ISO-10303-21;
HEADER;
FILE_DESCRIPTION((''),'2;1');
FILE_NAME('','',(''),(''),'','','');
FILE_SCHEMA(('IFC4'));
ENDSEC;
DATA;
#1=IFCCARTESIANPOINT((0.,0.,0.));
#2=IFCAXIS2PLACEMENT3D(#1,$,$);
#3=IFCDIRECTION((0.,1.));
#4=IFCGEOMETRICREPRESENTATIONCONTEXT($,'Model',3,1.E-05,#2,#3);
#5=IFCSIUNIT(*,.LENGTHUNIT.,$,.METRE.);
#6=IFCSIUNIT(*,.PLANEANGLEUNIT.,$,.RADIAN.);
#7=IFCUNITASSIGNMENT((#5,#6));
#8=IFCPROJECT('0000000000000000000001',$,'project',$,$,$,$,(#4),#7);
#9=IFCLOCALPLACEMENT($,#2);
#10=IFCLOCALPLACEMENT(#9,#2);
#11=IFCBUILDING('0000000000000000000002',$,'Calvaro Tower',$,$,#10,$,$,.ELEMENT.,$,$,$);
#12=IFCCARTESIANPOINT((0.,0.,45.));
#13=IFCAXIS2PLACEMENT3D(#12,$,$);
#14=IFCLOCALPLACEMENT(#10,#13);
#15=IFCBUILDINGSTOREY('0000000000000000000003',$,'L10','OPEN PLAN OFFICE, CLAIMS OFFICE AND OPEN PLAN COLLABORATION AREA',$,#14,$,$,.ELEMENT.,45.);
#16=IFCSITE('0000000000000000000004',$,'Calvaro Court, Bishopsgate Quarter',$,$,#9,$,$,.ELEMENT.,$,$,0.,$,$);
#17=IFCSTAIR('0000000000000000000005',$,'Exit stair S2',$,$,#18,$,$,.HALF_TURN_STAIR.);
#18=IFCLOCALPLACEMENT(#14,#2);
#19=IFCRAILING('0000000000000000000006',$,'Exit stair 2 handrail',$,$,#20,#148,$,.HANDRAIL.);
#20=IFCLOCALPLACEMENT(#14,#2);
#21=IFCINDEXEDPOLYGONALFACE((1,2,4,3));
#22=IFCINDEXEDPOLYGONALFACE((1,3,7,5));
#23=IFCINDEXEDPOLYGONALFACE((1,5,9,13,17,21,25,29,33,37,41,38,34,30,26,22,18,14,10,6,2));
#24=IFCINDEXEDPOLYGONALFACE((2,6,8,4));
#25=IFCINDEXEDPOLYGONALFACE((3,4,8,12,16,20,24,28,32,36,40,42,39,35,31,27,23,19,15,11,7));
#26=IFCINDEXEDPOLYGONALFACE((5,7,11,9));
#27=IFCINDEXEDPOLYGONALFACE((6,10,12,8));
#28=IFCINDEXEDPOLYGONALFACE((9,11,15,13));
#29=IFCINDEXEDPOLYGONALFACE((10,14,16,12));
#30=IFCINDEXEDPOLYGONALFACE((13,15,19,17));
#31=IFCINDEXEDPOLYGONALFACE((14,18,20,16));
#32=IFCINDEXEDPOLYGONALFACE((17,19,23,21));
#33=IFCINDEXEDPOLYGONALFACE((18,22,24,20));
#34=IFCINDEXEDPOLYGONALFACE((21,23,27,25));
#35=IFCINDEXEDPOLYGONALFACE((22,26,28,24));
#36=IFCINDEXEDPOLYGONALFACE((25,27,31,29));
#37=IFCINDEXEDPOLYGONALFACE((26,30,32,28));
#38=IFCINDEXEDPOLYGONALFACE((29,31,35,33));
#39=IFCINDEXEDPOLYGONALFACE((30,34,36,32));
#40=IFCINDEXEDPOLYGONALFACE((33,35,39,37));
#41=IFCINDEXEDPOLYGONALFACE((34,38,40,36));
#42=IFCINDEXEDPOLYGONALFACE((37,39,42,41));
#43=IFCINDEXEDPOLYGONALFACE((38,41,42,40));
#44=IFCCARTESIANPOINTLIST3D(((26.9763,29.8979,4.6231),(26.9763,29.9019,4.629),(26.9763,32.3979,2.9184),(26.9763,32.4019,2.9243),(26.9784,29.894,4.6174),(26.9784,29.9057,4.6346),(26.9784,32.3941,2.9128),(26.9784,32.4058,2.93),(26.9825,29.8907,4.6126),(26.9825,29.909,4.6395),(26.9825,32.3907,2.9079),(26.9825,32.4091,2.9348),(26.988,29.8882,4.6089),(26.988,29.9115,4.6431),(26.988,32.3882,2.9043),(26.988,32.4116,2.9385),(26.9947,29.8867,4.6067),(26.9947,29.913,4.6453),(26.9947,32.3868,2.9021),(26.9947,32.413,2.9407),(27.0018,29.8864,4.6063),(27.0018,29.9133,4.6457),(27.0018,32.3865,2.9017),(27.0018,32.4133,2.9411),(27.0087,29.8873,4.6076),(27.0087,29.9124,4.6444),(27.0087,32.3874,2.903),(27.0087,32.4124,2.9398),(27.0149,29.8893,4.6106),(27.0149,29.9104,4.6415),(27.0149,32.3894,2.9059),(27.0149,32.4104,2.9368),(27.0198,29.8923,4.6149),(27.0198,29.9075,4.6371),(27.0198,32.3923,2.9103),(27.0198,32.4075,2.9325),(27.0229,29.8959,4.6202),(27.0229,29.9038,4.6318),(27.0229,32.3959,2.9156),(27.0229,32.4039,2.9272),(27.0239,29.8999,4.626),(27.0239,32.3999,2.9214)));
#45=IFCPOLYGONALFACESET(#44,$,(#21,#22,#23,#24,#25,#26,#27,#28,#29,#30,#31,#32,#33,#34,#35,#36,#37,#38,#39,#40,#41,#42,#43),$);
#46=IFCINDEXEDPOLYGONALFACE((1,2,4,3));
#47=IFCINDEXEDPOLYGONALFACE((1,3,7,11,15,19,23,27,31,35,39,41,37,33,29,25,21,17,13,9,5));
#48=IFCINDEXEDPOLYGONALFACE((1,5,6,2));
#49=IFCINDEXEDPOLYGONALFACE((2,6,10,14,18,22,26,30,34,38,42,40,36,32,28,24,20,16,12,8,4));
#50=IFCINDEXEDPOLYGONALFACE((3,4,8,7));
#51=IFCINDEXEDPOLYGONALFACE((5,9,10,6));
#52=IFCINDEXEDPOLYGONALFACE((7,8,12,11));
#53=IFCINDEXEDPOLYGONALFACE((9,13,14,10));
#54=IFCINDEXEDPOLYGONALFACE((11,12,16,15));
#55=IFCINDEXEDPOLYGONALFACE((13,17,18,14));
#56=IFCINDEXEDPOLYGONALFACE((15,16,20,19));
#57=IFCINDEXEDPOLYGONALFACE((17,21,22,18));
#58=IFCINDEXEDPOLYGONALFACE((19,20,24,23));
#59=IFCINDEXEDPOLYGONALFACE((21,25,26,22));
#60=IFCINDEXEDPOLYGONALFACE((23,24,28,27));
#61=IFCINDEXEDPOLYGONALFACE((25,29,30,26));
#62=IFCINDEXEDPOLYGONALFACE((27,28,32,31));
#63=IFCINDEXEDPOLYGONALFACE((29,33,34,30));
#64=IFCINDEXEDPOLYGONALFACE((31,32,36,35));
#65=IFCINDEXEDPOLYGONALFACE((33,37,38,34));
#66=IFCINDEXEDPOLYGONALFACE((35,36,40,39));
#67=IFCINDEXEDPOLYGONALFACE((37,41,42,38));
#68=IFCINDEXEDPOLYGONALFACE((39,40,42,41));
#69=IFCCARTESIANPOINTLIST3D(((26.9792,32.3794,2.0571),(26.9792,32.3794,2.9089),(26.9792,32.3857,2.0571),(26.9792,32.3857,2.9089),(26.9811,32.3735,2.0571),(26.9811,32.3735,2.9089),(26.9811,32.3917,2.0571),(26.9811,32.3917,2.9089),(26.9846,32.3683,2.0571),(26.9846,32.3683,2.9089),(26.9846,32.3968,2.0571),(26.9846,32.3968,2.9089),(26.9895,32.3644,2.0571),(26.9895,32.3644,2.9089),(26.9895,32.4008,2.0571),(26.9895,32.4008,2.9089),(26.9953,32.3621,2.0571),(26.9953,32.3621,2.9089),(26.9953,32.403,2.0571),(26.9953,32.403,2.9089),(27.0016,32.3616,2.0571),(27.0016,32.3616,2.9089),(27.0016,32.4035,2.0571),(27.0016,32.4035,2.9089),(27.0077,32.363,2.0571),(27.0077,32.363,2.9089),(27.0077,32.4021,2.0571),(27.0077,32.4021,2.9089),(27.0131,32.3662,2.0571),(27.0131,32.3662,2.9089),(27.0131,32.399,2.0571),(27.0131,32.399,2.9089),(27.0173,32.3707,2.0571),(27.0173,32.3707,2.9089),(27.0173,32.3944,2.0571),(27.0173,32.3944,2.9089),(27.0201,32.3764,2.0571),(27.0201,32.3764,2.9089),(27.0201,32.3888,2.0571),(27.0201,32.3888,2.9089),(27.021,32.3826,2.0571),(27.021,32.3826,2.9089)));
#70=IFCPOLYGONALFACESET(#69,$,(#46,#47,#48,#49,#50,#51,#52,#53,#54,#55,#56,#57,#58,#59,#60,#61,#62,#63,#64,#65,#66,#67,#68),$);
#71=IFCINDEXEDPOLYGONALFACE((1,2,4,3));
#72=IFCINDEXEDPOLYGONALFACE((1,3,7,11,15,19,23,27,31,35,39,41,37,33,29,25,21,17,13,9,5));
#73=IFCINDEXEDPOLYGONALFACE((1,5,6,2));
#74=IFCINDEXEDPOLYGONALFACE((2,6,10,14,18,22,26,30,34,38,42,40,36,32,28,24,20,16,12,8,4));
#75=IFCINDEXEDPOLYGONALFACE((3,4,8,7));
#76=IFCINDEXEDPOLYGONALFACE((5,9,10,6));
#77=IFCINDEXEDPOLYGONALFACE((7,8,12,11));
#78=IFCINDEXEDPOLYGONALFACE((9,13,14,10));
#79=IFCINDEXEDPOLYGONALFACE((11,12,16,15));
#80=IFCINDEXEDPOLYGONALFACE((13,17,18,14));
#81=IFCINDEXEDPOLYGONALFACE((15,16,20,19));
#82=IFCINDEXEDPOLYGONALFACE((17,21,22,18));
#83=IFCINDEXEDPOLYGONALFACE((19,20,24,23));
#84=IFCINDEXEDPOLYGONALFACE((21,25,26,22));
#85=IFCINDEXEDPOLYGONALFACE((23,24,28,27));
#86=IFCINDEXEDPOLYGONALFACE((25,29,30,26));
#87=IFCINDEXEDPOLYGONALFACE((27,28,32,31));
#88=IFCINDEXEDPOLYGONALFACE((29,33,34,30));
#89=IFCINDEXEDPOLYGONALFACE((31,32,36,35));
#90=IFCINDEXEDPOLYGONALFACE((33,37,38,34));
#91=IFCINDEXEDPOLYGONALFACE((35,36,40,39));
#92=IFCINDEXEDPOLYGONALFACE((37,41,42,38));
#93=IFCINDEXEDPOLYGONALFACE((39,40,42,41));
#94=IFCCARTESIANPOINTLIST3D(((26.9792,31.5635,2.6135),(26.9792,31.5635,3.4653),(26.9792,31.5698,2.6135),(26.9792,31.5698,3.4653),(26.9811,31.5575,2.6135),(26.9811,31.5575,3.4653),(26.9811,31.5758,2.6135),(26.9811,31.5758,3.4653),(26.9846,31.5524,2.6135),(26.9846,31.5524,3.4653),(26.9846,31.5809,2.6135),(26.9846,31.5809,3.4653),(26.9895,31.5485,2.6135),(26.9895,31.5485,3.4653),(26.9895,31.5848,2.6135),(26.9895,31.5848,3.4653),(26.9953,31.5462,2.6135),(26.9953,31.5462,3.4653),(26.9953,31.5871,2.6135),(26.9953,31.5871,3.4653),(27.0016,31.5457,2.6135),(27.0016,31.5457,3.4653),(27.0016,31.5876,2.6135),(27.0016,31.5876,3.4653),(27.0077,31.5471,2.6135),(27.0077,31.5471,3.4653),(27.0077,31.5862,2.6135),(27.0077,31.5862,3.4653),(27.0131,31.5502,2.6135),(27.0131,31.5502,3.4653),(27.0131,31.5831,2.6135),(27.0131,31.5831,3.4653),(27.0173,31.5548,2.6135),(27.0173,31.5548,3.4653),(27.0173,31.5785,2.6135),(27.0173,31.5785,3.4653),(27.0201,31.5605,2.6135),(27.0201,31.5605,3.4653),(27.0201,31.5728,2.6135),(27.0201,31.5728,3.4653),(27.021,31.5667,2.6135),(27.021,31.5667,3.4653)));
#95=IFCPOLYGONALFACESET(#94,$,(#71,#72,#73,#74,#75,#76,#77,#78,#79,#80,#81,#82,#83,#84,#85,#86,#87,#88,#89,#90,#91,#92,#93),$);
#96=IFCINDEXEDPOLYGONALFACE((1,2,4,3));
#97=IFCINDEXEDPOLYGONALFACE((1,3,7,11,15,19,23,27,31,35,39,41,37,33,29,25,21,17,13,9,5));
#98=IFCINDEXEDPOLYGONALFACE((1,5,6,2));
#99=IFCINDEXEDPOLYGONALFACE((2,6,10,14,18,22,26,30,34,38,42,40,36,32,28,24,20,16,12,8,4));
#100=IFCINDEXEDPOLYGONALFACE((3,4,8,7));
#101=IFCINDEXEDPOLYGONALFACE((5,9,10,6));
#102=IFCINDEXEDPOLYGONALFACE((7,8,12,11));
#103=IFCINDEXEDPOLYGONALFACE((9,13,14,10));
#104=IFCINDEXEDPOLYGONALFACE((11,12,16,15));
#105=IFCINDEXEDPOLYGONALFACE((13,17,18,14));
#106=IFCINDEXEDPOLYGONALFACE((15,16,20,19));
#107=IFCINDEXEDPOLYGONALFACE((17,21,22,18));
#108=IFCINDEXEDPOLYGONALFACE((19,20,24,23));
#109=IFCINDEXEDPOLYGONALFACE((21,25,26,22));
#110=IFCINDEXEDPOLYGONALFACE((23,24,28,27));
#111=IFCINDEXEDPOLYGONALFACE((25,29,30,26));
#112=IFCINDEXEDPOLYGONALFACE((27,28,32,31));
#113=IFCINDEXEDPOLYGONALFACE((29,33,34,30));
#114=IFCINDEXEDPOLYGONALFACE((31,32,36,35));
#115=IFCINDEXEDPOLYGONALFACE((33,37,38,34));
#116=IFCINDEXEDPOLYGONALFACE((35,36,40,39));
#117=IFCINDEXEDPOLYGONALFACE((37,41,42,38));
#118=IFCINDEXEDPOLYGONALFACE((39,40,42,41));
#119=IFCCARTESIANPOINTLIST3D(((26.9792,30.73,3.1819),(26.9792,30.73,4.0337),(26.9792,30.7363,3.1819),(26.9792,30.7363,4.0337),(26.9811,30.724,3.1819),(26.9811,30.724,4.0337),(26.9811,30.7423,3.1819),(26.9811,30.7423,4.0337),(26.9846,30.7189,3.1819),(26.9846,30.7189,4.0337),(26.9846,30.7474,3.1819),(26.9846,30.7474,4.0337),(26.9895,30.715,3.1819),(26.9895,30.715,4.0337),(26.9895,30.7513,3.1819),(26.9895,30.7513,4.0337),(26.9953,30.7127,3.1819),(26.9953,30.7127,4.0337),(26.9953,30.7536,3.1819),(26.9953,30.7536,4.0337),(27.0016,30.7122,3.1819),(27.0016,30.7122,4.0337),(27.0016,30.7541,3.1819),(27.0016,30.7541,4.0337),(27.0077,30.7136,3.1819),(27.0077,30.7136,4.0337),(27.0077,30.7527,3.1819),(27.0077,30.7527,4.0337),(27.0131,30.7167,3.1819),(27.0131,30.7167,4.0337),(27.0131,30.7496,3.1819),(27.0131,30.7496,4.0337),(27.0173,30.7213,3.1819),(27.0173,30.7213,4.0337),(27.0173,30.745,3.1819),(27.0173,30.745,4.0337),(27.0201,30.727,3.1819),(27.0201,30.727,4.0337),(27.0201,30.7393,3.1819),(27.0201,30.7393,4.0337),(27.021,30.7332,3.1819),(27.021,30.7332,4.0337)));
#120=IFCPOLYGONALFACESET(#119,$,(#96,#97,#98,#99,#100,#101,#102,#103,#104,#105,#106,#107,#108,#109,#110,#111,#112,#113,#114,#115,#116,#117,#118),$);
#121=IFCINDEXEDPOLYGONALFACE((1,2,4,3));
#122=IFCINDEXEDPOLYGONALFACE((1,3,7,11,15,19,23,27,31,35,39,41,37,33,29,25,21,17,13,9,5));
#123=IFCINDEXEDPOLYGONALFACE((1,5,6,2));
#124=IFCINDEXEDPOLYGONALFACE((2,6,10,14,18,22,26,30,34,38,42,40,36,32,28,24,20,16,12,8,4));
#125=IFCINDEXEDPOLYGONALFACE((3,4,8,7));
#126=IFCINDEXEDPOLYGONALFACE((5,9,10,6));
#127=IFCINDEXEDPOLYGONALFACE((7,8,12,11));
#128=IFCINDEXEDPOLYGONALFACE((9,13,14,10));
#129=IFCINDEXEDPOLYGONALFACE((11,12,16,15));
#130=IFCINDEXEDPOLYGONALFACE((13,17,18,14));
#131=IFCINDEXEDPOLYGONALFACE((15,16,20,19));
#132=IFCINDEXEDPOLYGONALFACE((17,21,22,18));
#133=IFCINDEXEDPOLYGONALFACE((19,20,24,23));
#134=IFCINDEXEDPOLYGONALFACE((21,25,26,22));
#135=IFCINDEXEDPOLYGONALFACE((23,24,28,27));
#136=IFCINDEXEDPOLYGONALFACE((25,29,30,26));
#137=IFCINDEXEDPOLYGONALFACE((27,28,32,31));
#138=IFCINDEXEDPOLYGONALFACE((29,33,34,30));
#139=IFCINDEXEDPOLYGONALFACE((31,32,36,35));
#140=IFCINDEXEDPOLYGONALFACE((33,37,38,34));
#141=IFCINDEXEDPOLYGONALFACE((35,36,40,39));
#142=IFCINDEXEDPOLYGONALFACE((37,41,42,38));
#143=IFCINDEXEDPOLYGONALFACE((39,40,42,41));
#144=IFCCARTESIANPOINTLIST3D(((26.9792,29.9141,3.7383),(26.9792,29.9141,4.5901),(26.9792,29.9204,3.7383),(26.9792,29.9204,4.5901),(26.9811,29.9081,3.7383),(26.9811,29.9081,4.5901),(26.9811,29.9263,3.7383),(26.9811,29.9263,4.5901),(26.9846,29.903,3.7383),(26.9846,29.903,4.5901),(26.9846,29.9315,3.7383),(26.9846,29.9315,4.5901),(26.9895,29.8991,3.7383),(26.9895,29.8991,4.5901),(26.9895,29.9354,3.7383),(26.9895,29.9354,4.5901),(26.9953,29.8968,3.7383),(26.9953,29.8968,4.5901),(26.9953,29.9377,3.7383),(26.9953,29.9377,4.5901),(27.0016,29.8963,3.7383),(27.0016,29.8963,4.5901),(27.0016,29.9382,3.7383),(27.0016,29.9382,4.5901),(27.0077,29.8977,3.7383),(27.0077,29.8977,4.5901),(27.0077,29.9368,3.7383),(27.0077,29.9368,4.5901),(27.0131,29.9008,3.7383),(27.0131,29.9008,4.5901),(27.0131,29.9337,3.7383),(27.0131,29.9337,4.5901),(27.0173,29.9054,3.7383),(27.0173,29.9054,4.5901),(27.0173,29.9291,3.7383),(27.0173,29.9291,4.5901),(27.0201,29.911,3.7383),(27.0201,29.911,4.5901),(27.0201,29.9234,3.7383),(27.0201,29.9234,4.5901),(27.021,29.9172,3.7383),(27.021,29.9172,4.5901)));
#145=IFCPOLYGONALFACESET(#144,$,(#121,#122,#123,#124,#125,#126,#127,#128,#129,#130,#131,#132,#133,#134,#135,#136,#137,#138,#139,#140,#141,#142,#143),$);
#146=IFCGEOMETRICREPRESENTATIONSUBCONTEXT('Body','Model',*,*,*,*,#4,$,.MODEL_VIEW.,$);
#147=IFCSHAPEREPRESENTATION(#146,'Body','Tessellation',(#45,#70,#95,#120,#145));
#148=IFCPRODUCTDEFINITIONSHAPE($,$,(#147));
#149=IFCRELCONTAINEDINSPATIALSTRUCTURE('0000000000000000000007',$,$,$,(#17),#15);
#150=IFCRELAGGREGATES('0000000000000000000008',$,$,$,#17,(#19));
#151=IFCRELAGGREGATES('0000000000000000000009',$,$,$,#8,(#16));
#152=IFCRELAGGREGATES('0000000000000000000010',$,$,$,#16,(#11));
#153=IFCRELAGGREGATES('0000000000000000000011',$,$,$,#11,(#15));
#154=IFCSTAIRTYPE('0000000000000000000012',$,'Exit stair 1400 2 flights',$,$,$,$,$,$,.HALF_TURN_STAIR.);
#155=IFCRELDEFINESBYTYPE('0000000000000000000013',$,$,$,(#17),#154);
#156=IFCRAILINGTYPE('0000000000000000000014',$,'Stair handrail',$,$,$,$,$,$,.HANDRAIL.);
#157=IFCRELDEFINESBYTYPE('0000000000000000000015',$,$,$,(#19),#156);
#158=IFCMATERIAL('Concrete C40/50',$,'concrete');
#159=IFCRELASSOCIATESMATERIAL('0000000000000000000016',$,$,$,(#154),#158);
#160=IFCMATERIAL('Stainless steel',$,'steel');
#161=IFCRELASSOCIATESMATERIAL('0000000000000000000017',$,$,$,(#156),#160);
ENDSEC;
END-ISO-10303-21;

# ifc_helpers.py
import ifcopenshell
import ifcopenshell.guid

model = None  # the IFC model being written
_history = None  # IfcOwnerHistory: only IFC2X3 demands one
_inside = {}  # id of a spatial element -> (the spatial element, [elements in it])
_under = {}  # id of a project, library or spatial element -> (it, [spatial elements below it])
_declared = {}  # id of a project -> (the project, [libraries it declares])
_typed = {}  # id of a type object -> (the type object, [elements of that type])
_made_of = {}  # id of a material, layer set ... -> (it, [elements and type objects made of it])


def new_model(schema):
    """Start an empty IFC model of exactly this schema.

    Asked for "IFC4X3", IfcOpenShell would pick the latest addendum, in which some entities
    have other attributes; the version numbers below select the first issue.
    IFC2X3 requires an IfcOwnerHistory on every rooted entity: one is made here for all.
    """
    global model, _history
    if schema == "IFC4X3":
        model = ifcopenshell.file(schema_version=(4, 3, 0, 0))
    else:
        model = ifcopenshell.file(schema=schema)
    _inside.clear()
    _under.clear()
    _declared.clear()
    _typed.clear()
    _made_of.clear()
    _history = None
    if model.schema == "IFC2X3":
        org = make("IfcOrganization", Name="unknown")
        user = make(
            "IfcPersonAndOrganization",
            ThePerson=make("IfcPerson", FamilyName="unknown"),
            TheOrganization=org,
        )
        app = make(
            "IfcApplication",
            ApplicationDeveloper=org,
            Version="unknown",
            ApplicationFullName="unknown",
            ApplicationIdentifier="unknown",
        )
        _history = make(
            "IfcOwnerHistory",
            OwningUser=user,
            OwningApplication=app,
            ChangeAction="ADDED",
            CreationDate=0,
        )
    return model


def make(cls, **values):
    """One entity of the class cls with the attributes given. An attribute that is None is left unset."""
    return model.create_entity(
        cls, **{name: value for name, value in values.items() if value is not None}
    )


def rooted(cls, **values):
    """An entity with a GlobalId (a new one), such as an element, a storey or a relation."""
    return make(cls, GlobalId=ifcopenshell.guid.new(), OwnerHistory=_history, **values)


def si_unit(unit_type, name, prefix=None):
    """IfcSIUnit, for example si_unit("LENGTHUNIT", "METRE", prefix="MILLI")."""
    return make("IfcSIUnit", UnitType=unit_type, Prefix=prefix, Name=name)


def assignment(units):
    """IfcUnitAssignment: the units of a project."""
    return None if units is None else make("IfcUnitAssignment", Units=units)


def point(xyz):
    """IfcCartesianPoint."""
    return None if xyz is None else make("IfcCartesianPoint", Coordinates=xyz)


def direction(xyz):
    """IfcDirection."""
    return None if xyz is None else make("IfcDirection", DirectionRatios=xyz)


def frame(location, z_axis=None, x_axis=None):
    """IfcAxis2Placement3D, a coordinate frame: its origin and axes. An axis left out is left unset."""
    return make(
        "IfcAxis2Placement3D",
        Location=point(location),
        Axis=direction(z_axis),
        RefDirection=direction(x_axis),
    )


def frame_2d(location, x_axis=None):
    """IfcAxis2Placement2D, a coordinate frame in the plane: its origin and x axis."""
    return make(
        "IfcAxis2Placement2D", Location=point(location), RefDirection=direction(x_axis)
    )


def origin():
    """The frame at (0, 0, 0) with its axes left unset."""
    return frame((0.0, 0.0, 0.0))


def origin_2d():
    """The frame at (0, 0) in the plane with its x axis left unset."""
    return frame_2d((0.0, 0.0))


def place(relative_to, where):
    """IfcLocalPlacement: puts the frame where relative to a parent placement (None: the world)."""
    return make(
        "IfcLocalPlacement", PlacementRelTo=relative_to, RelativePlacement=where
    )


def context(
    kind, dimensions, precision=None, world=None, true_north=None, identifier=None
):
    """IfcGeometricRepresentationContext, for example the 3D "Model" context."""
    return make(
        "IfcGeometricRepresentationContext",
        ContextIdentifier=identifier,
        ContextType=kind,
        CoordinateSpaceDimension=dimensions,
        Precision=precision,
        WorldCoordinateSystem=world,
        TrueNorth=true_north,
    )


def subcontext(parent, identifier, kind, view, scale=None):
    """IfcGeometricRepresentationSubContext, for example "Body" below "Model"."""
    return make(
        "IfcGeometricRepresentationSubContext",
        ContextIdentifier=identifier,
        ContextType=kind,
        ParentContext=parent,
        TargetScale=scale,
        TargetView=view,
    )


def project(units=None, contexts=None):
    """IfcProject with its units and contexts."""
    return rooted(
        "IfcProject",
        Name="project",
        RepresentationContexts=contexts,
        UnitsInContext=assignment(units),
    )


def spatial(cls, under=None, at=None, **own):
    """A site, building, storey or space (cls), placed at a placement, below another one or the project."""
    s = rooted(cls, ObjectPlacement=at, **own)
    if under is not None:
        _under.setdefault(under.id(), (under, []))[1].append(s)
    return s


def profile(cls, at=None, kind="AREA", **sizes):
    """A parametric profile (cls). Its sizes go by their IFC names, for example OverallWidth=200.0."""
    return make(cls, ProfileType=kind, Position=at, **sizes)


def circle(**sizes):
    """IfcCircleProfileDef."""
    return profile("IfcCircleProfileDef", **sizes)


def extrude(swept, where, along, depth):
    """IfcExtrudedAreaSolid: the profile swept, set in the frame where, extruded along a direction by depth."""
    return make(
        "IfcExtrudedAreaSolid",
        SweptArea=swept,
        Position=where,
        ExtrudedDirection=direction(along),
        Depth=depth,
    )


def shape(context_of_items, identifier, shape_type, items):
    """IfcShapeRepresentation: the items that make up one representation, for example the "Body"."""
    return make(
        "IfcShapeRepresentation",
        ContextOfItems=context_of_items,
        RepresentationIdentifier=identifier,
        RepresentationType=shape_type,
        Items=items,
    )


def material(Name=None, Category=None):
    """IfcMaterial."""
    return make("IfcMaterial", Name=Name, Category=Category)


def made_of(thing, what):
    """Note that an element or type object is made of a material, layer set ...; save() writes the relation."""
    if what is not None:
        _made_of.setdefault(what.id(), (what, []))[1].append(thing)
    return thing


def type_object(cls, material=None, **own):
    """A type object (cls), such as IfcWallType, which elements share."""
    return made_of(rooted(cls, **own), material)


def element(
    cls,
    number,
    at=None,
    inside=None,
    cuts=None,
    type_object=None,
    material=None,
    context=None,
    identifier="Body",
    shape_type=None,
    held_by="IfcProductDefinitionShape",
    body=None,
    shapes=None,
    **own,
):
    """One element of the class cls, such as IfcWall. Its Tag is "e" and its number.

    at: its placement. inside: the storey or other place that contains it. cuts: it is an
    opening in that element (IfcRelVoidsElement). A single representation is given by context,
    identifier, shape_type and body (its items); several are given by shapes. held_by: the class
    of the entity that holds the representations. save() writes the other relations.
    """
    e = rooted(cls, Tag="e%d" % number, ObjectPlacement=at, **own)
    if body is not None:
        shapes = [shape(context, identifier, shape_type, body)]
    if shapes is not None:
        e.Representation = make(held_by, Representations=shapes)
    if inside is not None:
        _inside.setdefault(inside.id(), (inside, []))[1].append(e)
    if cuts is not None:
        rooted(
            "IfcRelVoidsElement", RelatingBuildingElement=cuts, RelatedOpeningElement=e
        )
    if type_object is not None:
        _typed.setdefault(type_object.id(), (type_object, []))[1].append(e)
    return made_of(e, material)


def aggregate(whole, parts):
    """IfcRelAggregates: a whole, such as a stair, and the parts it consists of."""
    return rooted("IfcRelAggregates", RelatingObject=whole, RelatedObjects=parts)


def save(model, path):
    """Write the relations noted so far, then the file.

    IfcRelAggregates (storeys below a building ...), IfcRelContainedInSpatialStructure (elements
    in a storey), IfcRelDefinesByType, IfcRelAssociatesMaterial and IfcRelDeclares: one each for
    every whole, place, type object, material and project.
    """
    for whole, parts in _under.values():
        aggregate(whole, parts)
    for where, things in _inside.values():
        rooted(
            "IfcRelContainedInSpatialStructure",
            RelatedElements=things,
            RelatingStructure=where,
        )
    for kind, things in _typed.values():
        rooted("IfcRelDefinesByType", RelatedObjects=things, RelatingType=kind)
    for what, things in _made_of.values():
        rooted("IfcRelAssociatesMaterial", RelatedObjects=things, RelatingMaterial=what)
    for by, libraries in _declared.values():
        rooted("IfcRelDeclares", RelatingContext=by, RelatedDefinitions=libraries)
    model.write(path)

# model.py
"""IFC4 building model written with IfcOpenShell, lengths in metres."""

from ifc_helpers import new_model, si_unit, direction, frame, origin, origin_2d, place, context, subcontext, project, spatial, circle, extrude, material, type_object, element, aggregate, save


model = new_model("IFC4")

# Units and contexts
model_context = context("Model", 3, precision=1e-05, world=origin(), true_north=direction((0.0, 1.0)))
body_context = subcontext(model_context, "Body", "Model", "MODEL_VIEW")
ifc_project = project(units=[si_unit("LENGTHUNIT", "METRE"), si_unit("PLANEANGLEUNIT", "RADIAN")], contexts=[model_context])

# Site, building, storey
site_placement = place(None, origin())
site = spatial("IfcSite", under=ifc_project, at=site_placement, Name="Calvaro Court, Bishopsgate Quarter", CompositionType="ELEMENT", RefElevation=0.0)
building_placement = place(site_placement, origin())
building = spatial("IfcBuilding", under=site, at=building_placement, Name="Calvaro Tower", CompositionType="ELEMENT")
storey_placement = place(building_placement, frame((0.0, 0.0, 45.0)))
storey = spatial("IfcBuildingStorey", under=building, at=storey_placement, Name="L10", Description="OPEN PLAN OFFICE, CLAIMS OFFICE AND OPEN PLAN COLLABORATION AREA", CompositionType="ELEMENT", Elevation=45.0)

# Stair, railing
ifc_material_1 = material(Name="Concrete C40/50", Category="concrete")
stair_type = type_object("IfcStairType", Name="Exit stair 1400 2 flights", PredefinedType="HALF_TURN_STAIR", material=ifc_material_1)
stair_placement = place(storey_placement, origin())
stair = element("IfcStair", 1, at=stair_placement, inside=storey, type_object=stair_type, Name="Exit stair S2", PredefinedType="HALF_TURN_STAIR")
ifc_material_2 = material(Name="Stainless steel", Category="steel")
railing_type = type_object("IfcRailingType", Name="Stair handrail", PredefinedType="HANDRAIL", material=ifc_material_2)
railing_1_placement = place(storey_placement, frame((27.0, 32.3999, 2.0454)))
railing_1 = element("IfcRailing", 2, at=railing_1_placement, type_object=railing_type, Name="Exit stair 2 handrail", PredefinedType="HANDRAIL", context=body_context, shape_type="SweptSolid", body=[
    extrude(circle(Radius=0.0239, at=origin_2d()), frame((0.0, 0.0, 0.876), z_axis=(0.0, -0.826221, 0.563347), x_axis=(1.0, 0.0, 0.0)), (0.0, 0.0, 1.0), 3.0259),
    extrude(circle(Radius=0.021, at=origin_2d()), frame((0.0, -0.0173, 0.0117)), (0.0, 0.0, 1.0), 0.8518),
    extrude(circle(Radius=0.021, at=origin_2d()), frame((0.0, -0.8333, 0.5681)), (0.0, 0.0, 1.0), 0.8518),
    extrude(circle(Radius=0.021, at=origin_2d()), frame((0.0, -1.6667, 1.1365)), (0.0, 0.0, 1.0), 0.8518),
    extrude(circle(Radius=0.021, at=origin_2d()), frame((0.0, -2.4827, 1.6929)), (0.0, 0.0, 1.0), 0.8518),
])
aggregate(stair, [railing_1])

save(model, "model.ifc")
